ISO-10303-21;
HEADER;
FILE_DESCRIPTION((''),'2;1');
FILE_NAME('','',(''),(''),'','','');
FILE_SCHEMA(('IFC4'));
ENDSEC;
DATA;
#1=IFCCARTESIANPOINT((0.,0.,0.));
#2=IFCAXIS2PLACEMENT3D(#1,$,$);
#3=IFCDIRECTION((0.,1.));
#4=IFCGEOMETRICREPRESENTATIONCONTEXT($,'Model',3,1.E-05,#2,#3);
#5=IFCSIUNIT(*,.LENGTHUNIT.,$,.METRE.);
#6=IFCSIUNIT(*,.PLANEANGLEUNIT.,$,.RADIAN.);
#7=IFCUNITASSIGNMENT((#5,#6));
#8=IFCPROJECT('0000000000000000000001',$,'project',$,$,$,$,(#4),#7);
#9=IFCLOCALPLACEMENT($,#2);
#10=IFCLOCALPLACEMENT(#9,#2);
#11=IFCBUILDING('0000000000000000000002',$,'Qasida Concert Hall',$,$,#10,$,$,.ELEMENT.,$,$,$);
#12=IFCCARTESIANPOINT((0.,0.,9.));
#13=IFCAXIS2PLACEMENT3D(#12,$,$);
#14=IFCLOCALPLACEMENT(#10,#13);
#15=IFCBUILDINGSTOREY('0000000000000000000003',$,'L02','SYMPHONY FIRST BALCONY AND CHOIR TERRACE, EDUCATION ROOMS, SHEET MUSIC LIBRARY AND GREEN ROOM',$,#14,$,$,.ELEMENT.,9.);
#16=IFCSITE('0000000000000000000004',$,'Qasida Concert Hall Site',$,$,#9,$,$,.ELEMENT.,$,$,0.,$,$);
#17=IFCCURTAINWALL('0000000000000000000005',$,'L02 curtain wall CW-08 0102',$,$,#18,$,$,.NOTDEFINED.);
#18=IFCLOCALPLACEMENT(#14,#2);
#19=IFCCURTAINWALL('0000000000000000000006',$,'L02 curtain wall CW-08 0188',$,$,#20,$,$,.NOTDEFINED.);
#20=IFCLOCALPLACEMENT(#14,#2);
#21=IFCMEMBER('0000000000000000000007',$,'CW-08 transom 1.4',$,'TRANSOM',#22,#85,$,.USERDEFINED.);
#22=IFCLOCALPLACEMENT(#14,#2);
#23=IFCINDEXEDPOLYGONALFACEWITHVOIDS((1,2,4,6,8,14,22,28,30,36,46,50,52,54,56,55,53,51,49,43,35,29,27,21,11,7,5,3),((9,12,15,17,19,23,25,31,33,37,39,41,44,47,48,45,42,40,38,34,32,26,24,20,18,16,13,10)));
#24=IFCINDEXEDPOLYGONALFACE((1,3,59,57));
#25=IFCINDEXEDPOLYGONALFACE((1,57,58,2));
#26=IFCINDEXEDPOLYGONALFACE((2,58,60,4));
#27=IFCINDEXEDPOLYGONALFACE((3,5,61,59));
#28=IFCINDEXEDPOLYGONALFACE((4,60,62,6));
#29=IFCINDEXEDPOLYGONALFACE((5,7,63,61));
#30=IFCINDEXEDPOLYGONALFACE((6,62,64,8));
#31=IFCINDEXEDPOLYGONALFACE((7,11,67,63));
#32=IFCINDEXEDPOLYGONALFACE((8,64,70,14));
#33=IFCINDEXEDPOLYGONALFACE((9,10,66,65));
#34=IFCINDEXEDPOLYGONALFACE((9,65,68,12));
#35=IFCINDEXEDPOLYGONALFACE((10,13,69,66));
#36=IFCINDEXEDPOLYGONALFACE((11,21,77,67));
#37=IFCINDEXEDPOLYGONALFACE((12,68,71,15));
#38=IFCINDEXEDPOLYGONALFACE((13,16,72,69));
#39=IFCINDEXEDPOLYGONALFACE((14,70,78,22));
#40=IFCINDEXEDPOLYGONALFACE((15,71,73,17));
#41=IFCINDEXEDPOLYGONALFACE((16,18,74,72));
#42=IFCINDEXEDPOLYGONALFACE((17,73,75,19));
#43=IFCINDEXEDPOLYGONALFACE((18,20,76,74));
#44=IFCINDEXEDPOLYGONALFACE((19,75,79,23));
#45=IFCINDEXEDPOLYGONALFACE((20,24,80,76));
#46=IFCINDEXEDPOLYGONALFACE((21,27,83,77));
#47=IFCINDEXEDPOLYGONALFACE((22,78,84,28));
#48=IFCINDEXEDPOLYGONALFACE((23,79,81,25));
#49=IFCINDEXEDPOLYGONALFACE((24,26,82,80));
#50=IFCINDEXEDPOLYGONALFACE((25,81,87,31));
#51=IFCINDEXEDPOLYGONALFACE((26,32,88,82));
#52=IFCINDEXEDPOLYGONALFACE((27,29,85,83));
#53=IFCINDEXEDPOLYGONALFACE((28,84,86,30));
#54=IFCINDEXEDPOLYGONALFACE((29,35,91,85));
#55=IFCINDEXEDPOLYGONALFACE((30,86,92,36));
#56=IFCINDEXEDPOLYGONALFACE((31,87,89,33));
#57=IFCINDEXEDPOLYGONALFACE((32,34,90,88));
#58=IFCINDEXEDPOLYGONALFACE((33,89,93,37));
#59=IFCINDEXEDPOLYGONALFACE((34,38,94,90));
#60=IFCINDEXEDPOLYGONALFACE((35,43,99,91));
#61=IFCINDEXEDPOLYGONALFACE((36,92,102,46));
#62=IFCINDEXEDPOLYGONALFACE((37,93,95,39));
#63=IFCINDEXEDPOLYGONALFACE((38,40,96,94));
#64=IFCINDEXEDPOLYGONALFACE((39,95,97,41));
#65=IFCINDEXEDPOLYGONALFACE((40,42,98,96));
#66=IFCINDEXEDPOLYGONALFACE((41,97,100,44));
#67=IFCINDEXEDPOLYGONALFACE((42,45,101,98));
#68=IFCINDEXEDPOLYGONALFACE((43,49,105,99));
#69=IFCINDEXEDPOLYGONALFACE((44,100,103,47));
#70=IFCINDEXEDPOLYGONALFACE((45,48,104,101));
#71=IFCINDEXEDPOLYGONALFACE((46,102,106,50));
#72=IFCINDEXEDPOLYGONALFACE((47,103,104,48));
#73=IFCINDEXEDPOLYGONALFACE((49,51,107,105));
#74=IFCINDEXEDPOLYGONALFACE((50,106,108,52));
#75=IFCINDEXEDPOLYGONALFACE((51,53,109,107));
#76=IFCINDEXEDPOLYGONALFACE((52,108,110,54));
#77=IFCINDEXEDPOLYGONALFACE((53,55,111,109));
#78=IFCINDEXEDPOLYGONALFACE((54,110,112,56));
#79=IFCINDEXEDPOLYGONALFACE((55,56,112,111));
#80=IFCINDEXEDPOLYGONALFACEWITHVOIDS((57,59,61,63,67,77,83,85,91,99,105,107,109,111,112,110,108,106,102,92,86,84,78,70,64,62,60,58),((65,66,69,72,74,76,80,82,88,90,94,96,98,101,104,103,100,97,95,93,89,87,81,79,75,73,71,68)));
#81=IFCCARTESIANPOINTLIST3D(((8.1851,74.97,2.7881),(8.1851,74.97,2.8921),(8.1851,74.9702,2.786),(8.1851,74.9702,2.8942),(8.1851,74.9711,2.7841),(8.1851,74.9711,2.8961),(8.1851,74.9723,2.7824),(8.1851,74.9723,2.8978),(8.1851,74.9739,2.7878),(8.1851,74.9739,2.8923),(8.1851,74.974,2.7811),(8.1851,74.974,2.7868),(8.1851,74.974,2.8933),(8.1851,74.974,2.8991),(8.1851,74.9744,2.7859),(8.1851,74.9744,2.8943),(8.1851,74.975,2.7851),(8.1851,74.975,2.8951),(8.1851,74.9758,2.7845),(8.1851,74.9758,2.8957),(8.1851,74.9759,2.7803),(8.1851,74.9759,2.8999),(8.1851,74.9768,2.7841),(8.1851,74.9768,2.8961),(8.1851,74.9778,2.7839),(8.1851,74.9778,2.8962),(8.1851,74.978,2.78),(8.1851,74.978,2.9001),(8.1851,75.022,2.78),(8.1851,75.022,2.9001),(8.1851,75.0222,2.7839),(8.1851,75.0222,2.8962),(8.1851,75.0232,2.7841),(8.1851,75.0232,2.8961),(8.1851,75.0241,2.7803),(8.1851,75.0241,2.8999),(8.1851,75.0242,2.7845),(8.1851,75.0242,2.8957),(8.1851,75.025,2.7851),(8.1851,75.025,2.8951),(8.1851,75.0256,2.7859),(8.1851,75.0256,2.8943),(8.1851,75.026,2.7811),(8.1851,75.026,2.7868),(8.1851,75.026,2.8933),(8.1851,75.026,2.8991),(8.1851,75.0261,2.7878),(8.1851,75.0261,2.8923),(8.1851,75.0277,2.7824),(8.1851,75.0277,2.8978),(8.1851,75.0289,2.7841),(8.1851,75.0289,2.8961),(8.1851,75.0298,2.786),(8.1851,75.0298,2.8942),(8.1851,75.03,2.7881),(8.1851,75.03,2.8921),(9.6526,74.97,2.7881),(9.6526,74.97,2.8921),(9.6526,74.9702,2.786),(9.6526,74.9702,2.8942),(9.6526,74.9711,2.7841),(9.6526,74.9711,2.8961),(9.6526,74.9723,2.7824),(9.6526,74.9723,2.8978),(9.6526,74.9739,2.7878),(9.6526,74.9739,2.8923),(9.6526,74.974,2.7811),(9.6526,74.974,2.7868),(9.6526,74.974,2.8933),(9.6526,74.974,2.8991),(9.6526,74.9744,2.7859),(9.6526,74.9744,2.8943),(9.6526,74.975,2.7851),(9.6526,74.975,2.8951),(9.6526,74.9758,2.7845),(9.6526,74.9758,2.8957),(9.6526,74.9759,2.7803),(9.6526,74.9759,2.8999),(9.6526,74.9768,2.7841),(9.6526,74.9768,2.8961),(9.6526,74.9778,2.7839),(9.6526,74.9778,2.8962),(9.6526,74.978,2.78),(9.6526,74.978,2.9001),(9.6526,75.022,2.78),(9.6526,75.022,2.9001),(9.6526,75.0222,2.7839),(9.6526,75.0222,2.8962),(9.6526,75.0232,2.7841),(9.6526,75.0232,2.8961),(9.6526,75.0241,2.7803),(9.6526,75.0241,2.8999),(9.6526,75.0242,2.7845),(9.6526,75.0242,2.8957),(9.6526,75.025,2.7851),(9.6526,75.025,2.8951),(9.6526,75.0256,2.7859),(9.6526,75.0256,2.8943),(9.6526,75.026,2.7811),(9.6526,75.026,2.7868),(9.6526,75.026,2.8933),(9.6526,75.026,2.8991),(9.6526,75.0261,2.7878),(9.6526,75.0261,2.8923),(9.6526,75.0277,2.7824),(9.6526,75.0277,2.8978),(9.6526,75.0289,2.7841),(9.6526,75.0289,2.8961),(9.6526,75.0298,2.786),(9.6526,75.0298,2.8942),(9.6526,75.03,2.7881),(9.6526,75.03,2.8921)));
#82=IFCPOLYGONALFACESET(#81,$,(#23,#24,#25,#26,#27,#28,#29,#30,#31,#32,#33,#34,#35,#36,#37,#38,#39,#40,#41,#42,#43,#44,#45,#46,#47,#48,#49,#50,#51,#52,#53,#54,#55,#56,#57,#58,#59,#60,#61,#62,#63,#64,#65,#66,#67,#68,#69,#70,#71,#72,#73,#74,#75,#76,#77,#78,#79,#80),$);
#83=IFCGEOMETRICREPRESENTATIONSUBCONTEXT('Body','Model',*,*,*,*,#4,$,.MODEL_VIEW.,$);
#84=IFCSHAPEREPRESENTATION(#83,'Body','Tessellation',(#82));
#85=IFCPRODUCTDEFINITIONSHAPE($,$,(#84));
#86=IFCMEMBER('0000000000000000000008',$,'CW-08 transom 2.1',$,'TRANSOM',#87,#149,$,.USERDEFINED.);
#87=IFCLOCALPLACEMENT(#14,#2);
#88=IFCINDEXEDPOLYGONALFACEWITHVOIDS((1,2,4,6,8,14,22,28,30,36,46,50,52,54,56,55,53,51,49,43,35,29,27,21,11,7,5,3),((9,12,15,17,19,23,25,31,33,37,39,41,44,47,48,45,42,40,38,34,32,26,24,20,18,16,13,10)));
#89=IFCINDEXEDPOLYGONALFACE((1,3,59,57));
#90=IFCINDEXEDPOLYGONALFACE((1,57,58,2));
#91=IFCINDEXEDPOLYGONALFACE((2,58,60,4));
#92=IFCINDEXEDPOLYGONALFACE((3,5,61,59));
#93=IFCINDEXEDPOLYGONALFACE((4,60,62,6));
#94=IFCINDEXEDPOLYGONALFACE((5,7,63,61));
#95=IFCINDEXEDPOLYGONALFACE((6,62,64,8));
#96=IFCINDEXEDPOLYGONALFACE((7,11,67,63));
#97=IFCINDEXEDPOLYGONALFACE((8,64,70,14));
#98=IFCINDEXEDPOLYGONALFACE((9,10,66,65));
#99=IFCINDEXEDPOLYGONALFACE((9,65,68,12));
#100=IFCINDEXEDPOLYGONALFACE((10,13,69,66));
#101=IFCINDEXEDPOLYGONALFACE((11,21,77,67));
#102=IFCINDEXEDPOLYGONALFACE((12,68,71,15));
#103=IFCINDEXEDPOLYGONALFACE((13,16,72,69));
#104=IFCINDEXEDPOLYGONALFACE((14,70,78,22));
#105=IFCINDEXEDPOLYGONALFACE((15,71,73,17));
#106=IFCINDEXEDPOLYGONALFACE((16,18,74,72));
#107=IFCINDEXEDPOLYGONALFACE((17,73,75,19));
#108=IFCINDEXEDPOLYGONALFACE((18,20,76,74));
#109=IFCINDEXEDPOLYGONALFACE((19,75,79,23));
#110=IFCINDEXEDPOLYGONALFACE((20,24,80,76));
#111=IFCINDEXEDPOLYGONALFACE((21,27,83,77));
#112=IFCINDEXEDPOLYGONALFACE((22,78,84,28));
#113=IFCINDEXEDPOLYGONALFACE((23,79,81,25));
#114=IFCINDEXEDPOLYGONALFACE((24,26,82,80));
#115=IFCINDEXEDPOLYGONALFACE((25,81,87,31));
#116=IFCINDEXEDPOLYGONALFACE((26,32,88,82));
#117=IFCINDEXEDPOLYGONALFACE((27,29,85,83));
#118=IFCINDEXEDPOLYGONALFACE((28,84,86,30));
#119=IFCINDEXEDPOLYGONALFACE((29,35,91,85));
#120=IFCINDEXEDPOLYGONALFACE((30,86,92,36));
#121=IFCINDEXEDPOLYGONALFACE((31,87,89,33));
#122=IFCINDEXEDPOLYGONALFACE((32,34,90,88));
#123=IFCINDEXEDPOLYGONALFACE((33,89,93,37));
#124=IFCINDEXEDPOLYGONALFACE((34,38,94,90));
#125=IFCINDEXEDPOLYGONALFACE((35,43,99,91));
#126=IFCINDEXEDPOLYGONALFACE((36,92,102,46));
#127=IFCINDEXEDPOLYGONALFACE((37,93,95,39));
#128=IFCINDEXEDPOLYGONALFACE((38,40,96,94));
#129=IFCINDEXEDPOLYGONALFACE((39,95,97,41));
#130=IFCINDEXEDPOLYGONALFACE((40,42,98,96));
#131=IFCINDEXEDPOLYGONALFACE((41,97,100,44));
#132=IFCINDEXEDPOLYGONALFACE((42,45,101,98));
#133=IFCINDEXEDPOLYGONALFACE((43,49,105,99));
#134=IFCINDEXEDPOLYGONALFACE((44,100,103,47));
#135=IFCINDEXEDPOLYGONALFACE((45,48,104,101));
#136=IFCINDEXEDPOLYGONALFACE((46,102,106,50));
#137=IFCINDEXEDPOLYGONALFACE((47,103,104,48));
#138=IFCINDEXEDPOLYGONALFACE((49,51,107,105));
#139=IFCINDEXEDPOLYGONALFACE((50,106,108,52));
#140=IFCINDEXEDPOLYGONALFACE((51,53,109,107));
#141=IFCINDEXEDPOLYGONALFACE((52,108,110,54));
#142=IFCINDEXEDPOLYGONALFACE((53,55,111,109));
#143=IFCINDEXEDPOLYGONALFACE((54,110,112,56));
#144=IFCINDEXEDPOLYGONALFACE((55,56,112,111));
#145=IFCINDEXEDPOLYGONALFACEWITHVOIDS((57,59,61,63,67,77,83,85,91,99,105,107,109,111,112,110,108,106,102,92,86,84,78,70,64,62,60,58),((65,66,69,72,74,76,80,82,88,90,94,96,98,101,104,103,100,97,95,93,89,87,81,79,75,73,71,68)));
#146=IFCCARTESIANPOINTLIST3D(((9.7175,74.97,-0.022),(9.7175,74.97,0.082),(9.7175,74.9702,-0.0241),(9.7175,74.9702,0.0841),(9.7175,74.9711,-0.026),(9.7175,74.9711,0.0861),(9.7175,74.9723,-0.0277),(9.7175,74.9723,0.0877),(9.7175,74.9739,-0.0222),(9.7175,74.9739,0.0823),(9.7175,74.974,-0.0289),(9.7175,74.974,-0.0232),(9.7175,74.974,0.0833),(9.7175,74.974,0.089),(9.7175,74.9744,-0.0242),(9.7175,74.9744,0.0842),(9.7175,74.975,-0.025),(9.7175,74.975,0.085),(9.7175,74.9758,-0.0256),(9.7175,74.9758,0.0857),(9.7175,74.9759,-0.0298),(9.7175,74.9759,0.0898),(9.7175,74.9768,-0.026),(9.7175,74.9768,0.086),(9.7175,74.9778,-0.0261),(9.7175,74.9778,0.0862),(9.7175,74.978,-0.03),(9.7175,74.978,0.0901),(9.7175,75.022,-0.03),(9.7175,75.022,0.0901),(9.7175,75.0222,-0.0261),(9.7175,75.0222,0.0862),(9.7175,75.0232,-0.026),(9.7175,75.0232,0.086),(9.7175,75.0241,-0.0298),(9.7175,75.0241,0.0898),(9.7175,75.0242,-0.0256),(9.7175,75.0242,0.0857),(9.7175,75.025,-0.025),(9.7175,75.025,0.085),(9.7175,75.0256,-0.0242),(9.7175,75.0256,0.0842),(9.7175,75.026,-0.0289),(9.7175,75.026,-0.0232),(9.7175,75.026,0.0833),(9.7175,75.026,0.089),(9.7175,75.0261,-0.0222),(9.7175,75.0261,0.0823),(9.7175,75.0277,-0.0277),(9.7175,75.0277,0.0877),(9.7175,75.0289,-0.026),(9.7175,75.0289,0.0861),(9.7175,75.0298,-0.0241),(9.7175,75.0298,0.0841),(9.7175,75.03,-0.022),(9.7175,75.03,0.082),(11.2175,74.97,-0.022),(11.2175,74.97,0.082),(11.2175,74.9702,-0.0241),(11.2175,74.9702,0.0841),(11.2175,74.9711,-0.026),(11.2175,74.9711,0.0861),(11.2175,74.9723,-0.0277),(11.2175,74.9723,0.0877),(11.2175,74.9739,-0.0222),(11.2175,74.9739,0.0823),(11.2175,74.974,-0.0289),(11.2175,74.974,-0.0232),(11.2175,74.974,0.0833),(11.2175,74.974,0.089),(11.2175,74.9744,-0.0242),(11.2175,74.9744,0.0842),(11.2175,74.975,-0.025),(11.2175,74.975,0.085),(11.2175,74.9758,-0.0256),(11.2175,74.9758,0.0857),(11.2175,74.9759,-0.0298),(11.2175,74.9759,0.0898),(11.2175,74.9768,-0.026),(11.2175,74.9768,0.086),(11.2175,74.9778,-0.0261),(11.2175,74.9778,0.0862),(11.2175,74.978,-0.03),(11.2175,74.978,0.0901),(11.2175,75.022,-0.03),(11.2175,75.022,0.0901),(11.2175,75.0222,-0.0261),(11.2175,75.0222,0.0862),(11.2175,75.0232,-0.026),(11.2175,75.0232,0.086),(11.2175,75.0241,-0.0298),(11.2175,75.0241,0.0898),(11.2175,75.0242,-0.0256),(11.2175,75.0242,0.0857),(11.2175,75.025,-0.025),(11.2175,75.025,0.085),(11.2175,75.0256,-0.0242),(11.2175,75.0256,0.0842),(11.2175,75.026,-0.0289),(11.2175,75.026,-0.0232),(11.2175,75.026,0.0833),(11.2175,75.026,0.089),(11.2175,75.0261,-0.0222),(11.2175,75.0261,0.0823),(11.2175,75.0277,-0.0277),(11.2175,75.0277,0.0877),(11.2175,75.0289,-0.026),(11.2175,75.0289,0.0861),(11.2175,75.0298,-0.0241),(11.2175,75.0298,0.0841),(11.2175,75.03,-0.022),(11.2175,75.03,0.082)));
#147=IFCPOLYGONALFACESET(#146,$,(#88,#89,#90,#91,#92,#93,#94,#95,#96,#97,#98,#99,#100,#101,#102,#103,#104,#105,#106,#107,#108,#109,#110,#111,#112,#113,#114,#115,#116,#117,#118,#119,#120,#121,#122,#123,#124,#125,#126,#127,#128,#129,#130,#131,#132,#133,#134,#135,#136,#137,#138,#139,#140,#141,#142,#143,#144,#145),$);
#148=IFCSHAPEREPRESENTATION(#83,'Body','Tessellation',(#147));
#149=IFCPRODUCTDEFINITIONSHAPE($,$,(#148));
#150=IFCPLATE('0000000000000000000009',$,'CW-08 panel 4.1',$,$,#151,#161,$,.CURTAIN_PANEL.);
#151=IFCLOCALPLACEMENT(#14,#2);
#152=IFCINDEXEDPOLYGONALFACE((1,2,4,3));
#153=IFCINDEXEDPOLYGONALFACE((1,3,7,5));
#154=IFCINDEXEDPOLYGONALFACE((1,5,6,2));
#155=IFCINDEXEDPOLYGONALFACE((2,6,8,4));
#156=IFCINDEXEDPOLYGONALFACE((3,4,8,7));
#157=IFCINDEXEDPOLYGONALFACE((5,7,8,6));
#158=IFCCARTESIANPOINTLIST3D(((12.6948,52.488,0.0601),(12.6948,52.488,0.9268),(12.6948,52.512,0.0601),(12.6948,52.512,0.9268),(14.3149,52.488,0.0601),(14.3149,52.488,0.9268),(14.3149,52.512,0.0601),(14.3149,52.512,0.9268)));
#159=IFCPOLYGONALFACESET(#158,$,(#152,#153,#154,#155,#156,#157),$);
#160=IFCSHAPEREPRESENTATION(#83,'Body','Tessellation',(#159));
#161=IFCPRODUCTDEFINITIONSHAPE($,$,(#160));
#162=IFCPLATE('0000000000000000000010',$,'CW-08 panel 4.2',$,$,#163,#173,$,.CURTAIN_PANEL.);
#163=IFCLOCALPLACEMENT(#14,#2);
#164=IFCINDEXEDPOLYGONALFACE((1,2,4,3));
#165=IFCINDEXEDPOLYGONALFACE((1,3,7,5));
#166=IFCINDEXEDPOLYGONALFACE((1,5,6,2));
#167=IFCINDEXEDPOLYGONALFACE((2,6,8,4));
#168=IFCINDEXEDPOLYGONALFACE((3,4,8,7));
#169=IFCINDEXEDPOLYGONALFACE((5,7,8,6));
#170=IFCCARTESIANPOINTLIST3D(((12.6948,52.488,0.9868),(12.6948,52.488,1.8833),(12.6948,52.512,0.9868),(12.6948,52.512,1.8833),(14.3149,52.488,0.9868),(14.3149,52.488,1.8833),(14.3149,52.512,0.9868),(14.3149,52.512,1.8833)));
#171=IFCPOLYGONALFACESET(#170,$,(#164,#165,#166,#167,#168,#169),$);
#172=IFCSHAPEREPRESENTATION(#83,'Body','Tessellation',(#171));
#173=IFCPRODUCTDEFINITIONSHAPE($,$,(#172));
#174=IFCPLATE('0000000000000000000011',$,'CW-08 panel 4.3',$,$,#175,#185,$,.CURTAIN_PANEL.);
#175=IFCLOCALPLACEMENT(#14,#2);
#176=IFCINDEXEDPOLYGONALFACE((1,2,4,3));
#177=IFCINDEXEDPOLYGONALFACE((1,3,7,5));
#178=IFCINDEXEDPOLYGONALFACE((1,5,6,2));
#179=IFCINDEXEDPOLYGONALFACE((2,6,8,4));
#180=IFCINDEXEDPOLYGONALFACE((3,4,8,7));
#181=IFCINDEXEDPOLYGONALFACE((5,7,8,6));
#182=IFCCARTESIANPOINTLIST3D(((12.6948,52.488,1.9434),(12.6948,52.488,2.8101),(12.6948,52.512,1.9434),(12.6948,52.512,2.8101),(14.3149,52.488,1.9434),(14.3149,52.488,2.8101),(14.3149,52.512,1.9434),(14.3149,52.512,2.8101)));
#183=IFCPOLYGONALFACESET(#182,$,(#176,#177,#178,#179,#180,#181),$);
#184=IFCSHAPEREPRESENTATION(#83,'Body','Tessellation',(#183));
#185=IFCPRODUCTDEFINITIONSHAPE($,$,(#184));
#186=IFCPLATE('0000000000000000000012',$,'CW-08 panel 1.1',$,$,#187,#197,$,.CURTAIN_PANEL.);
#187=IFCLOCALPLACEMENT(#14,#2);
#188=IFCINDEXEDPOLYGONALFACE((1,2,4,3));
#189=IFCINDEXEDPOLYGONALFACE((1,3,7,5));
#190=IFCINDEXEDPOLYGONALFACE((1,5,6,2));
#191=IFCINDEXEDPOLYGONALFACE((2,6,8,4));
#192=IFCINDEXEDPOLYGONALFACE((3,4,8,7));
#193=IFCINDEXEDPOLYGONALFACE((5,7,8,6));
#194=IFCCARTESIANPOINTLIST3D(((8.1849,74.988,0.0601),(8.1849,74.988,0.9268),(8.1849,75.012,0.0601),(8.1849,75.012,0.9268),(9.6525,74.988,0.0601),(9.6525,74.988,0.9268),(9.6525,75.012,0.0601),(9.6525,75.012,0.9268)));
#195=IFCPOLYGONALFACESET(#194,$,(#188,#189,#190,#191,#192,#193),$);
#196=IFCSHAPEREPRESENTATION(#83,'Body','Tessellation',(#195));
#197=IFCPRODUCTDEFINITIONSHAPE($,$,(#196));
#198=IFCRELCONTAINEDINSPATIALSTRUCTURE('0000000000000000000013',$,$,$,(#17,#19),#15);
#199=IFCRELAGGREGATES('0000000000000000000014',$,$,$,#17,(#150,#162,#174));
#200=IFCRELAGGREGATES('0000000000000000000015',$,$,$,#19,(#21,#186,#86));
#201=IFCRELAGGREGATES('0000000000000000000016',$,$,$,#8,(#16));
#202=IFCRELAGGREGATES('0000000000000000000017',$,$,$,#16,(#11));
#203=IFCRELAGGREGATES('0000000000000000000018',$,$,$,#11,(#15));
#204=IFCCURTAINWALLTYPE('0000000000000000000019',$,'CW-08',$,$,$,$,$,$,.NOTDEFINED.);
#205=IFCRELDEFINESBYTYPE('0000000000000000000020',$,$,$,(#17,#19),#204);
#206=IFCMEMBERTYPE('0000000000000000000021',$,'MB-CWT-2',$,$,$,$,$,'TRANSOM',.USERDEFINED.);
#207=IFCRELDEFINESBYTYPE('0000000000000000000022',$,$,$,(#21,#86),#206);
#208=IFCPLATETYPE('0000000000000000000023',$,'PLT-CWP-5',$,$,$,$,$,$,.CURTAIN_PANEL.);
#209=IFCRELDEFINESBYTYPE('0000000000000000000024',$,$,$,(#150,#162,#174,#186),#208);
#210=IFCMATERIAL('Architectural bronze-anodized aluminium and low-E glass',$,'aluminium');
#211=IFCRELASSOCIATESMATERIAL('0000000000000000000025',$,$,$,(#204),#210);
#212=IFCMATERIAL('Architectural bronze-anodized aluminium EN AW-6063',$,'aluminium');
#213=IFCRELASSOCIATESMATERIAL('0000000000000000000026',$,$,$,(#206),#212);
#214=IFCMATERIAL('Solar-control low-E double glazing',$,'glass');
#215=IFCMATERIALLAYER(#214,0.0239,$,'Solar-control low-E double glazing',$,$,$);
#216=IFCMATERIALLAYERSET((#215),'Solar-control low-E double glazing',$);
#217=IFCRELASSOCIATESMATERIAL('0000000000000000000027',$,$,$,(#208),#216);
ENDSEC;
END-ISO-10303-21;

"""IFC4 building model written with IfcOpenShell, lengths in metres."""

from ifc_helpers import new_model, si_unit, direction, frame, origin, origin_2d, place, context, subcontext, project, spatial, rectangle, hollow_rectangle, extrude, material, layer, layer_set, material_profile, profile_set, type_object, element, aggregate, save


model = new_model("IFC4")

# Units and contexts
model_context = context("Model", 3, precision=1e-05, world=origin(), true_north=direction((0.0, 1.0)))
body_context = subcontext(model_context, "Body", "Model", "MODEL_VIEW")
ifc_project = project(units=[si_unit("LENGTHUNIT", "METRE"), si_unit("PLANEANGLEUNIT", "RADIAN")], contexts=[model_context])

# Site, building, storey
site_placement = place(None, origin())
site = spatial("IfcSite", under=ifc_project, at=site_placement, Name="Qasida Concert Hall Site", CompositionType="ELEMENT", RefElevation=0.0)
building_placement = place(site_placement, origin())
building = spatial("IfcBuilding", under=site, at=building_placement, Name="Qasida Concert Hall", CompositionType="ELEMENT")
storey_placement = place(building_placement, frame((0.0, 0.0, 9.0)))
storey = spatial("IfcBuildingStorey", under=building, at=storey_placement, Name="L02", Description="SYMPHONY FIRST BALCONY AND CHOIR TERRACE, EDUCATION ROOMS, SHEET MUSIC LIBRARY AND GREEN ROOM", CompositionType="ELEMENT", Elevation=9.0)

# Curtain wall
ifc_material_1 = material(Name="Architectural bronze-anodized aluminium and low-E glass", Category="aluminium")
curtain_wall_type = type_object("IfcCurtainWallType", Name="CW-08", PredefinedType="NOTDEFINED", material=ifc_material_1)
curtain_wall_1_placement = place(storey_placement, origin())
curtain_wall_1 = element("IfcCurtainWall", 1, at=curtain_wall_1_placement, inside=storey, type_object=curtain_wall_type, Name="L02 curtain wall CW-08 0102", PredefinedType="NOTDEFINED")
ifc_material_2 = material(Name="Architectural bronze-anodized aluminium EN AW-6063", Category="aluminium")

# Curtain wall
curtain_wall_2_placement = place(storey_placement, origin())
curtain_wall_2 = element("IfcCurtainWall", 2, at=curtain_wall_2_placement, inside=storey, type_object=curtain_wall_type, Name="L02 curtain wall CW-08 0188", PredefinedType="NOTDEFINED")

# Members
ifc_material_profile_1 = material_profile(ifc_material_2, hollow_rectangle(XDim=0.0601, YDim=0.1201, WallThickness=0.0039, InnerFilletRadius=0.0039, OuterFilletRadius=0.0081, at=origin_2d()), Name="CWT 120x60x4")
ifc_profile_set_1 = profile_set([ifc_material_profile_1], Name="Architectural bronze-anodized aluminium EN AW-6063")
member_type_1 = type_object("IfcMemberType", Name="MB-CWT-2", ElementType="TRANSOM", PredefinedType="USERDEFINED", material=ifc_profile_set_1)
member_1_placement = place(storey_placement, frame((8.1851, 75.0, 2.8401), z_axis=(1.0, 0.0, 0.0), x_axis=(0.0, 1.0, 0.0)))
member_1 = element("IfcMember", 3, at=member_1_placement, type_object=member_type_1, Name="CW-08 transom 1.4", ObjectType="TRANSOM", PredefinedType="USERDEFINED", context=body_context, shape_type="SweptSolid", body=[
    extrude(hollow_rectangle(XDim=0.0601, YDim=0.1201, WallThickness=0.0039, InnerFilletRadius=0.0039, OuterFilletRadius=0.0081, at=origin_2d()), origin(), (0.0, 0.0, 1.0), 1.4675),
])
member_2_placement = place(storey_placement, frame((9.7175, 75.0, 0.03), z_axis=(1.0, 0.0, 0.0), x_axis=(0.0, 1.0, 0.0)))
member_2 = element("IfcMember", 4, at=member_2_placement, type_object=member_type_1, Name="CW-08 transom 2.1", ObjectType="TRANSOM", PredefinedType="USERDEFINED", context=body_context, shape_type="SweptSolid", body=[
    extrude(hollow_rectangle(XDim=0.0601, YDim=0.1201, WallThickness=0.0039, InnerFilletRadius=0.0039, OuterFilletRadius=0.0081, at=origin_2d()), origin(), (0.0, 0.0, 1.0), 1.5),
])

# Plates
ifc_material_3 = material(Name="Solar-control low-E double glazing", Category="glass")
ifc_layer_1 = layer(ifc_material_3, 0.0239, Name="Solar-control low-E double glazing")
ifc_layer_set_1 = layer_set([ifc_layer_1], Name="Solar-control low-E double glazing")
plate_type = type_object("IfcPlateType", Name="PLT-CWP-5", PredefinedType="CURTAIN_PANEL", material=ifc_layer_set_1)
plate_1_placement = place(storey_placement, frame((13.5049, 52.5, 0.0601), z_axis=(0.0, 0.0, 1.0), x_axis=(1.0, 0.0, 0.0)))
plate_1 = element("IfcPlate", 5, at=plate_1_placement, type_object=plate_type, Name="CW-08 panel 4.1", PredefinedType="CURTAIN_PANEL", context=body_context, shape_type="SweptSolid", body=[
    extrude(rectangle(XDim=1.6201, YDim=0.0239, at=origin_2d()), origin(), (0.0, 0.0, 1.0), 0.8667),
])
plate_2_placement = place(storey_placement, frame((13.5049, 52.5, 0.9868), z_axis=(0.0, 0.0, 1.0), x_axis=(1.0, 0.0, 0.0)))
plate_2 = element("IfcPlate", 6, at=plate_2_placement, type_object=plate_type, Name="CW-08 panel 4.2", PredefinedType="CURTAIN_PANEL", context=body_context, shape_type="SweptSolid", body=[
    extrude(rectangle(XDim=1.6201, YDim=0.0239, at=origin_2d()), origin(), (0.0, 0.0, 1.0), 0.8965),
])
plate_3_placement = place(storey_placement, frame((13.5049, 52.5, 1.9434), z_axis=(0.0, 0.0, 1.0), x_axis=(1.0, 0.0, 0.0)))
plate_3 = element("IfcPlate", 7, at=plate_3_placement, type_object=plate_type, Name="CW-08 panel 4.3", PredefinedType="CURTAIN_PANEL", context=body_context, shape_type="SweptSolid", body=[
    extrude(rectangle(XDim=1.6201, YDim=0.0239, at=origin_2d()), origin(), (0.0, 0.0, 1.0), 0.8667),
])
aggregate(curtain_wall_1, [plate_1, plate_2, plate_3])
plate_4_placement = place(storey_placement, frame((8.9187, 75.0, 0.0601), z_axis=(0.0, 0.0, 1.0), x_axis=(1.0, 0.0, 0.0)))
plate_4 = element("IfcPlate", 8, at=plate_4_placement, type_object=plate_type, Name="CW-08 panel 1.1", PredefinedType="CURTAIN_PANEL", context=body_context, shape_type="SweptSolid", body=[
    extrude(rectangle(XDim=1.4675, YDim=0.0239, at=origin_2d()), origin(), (0.0, 0.0, 1.0), 0.8667),
])
aggregate(curtain_wall_2, [member_1, plate_4, member_2])

save(model, "model.ifc")
